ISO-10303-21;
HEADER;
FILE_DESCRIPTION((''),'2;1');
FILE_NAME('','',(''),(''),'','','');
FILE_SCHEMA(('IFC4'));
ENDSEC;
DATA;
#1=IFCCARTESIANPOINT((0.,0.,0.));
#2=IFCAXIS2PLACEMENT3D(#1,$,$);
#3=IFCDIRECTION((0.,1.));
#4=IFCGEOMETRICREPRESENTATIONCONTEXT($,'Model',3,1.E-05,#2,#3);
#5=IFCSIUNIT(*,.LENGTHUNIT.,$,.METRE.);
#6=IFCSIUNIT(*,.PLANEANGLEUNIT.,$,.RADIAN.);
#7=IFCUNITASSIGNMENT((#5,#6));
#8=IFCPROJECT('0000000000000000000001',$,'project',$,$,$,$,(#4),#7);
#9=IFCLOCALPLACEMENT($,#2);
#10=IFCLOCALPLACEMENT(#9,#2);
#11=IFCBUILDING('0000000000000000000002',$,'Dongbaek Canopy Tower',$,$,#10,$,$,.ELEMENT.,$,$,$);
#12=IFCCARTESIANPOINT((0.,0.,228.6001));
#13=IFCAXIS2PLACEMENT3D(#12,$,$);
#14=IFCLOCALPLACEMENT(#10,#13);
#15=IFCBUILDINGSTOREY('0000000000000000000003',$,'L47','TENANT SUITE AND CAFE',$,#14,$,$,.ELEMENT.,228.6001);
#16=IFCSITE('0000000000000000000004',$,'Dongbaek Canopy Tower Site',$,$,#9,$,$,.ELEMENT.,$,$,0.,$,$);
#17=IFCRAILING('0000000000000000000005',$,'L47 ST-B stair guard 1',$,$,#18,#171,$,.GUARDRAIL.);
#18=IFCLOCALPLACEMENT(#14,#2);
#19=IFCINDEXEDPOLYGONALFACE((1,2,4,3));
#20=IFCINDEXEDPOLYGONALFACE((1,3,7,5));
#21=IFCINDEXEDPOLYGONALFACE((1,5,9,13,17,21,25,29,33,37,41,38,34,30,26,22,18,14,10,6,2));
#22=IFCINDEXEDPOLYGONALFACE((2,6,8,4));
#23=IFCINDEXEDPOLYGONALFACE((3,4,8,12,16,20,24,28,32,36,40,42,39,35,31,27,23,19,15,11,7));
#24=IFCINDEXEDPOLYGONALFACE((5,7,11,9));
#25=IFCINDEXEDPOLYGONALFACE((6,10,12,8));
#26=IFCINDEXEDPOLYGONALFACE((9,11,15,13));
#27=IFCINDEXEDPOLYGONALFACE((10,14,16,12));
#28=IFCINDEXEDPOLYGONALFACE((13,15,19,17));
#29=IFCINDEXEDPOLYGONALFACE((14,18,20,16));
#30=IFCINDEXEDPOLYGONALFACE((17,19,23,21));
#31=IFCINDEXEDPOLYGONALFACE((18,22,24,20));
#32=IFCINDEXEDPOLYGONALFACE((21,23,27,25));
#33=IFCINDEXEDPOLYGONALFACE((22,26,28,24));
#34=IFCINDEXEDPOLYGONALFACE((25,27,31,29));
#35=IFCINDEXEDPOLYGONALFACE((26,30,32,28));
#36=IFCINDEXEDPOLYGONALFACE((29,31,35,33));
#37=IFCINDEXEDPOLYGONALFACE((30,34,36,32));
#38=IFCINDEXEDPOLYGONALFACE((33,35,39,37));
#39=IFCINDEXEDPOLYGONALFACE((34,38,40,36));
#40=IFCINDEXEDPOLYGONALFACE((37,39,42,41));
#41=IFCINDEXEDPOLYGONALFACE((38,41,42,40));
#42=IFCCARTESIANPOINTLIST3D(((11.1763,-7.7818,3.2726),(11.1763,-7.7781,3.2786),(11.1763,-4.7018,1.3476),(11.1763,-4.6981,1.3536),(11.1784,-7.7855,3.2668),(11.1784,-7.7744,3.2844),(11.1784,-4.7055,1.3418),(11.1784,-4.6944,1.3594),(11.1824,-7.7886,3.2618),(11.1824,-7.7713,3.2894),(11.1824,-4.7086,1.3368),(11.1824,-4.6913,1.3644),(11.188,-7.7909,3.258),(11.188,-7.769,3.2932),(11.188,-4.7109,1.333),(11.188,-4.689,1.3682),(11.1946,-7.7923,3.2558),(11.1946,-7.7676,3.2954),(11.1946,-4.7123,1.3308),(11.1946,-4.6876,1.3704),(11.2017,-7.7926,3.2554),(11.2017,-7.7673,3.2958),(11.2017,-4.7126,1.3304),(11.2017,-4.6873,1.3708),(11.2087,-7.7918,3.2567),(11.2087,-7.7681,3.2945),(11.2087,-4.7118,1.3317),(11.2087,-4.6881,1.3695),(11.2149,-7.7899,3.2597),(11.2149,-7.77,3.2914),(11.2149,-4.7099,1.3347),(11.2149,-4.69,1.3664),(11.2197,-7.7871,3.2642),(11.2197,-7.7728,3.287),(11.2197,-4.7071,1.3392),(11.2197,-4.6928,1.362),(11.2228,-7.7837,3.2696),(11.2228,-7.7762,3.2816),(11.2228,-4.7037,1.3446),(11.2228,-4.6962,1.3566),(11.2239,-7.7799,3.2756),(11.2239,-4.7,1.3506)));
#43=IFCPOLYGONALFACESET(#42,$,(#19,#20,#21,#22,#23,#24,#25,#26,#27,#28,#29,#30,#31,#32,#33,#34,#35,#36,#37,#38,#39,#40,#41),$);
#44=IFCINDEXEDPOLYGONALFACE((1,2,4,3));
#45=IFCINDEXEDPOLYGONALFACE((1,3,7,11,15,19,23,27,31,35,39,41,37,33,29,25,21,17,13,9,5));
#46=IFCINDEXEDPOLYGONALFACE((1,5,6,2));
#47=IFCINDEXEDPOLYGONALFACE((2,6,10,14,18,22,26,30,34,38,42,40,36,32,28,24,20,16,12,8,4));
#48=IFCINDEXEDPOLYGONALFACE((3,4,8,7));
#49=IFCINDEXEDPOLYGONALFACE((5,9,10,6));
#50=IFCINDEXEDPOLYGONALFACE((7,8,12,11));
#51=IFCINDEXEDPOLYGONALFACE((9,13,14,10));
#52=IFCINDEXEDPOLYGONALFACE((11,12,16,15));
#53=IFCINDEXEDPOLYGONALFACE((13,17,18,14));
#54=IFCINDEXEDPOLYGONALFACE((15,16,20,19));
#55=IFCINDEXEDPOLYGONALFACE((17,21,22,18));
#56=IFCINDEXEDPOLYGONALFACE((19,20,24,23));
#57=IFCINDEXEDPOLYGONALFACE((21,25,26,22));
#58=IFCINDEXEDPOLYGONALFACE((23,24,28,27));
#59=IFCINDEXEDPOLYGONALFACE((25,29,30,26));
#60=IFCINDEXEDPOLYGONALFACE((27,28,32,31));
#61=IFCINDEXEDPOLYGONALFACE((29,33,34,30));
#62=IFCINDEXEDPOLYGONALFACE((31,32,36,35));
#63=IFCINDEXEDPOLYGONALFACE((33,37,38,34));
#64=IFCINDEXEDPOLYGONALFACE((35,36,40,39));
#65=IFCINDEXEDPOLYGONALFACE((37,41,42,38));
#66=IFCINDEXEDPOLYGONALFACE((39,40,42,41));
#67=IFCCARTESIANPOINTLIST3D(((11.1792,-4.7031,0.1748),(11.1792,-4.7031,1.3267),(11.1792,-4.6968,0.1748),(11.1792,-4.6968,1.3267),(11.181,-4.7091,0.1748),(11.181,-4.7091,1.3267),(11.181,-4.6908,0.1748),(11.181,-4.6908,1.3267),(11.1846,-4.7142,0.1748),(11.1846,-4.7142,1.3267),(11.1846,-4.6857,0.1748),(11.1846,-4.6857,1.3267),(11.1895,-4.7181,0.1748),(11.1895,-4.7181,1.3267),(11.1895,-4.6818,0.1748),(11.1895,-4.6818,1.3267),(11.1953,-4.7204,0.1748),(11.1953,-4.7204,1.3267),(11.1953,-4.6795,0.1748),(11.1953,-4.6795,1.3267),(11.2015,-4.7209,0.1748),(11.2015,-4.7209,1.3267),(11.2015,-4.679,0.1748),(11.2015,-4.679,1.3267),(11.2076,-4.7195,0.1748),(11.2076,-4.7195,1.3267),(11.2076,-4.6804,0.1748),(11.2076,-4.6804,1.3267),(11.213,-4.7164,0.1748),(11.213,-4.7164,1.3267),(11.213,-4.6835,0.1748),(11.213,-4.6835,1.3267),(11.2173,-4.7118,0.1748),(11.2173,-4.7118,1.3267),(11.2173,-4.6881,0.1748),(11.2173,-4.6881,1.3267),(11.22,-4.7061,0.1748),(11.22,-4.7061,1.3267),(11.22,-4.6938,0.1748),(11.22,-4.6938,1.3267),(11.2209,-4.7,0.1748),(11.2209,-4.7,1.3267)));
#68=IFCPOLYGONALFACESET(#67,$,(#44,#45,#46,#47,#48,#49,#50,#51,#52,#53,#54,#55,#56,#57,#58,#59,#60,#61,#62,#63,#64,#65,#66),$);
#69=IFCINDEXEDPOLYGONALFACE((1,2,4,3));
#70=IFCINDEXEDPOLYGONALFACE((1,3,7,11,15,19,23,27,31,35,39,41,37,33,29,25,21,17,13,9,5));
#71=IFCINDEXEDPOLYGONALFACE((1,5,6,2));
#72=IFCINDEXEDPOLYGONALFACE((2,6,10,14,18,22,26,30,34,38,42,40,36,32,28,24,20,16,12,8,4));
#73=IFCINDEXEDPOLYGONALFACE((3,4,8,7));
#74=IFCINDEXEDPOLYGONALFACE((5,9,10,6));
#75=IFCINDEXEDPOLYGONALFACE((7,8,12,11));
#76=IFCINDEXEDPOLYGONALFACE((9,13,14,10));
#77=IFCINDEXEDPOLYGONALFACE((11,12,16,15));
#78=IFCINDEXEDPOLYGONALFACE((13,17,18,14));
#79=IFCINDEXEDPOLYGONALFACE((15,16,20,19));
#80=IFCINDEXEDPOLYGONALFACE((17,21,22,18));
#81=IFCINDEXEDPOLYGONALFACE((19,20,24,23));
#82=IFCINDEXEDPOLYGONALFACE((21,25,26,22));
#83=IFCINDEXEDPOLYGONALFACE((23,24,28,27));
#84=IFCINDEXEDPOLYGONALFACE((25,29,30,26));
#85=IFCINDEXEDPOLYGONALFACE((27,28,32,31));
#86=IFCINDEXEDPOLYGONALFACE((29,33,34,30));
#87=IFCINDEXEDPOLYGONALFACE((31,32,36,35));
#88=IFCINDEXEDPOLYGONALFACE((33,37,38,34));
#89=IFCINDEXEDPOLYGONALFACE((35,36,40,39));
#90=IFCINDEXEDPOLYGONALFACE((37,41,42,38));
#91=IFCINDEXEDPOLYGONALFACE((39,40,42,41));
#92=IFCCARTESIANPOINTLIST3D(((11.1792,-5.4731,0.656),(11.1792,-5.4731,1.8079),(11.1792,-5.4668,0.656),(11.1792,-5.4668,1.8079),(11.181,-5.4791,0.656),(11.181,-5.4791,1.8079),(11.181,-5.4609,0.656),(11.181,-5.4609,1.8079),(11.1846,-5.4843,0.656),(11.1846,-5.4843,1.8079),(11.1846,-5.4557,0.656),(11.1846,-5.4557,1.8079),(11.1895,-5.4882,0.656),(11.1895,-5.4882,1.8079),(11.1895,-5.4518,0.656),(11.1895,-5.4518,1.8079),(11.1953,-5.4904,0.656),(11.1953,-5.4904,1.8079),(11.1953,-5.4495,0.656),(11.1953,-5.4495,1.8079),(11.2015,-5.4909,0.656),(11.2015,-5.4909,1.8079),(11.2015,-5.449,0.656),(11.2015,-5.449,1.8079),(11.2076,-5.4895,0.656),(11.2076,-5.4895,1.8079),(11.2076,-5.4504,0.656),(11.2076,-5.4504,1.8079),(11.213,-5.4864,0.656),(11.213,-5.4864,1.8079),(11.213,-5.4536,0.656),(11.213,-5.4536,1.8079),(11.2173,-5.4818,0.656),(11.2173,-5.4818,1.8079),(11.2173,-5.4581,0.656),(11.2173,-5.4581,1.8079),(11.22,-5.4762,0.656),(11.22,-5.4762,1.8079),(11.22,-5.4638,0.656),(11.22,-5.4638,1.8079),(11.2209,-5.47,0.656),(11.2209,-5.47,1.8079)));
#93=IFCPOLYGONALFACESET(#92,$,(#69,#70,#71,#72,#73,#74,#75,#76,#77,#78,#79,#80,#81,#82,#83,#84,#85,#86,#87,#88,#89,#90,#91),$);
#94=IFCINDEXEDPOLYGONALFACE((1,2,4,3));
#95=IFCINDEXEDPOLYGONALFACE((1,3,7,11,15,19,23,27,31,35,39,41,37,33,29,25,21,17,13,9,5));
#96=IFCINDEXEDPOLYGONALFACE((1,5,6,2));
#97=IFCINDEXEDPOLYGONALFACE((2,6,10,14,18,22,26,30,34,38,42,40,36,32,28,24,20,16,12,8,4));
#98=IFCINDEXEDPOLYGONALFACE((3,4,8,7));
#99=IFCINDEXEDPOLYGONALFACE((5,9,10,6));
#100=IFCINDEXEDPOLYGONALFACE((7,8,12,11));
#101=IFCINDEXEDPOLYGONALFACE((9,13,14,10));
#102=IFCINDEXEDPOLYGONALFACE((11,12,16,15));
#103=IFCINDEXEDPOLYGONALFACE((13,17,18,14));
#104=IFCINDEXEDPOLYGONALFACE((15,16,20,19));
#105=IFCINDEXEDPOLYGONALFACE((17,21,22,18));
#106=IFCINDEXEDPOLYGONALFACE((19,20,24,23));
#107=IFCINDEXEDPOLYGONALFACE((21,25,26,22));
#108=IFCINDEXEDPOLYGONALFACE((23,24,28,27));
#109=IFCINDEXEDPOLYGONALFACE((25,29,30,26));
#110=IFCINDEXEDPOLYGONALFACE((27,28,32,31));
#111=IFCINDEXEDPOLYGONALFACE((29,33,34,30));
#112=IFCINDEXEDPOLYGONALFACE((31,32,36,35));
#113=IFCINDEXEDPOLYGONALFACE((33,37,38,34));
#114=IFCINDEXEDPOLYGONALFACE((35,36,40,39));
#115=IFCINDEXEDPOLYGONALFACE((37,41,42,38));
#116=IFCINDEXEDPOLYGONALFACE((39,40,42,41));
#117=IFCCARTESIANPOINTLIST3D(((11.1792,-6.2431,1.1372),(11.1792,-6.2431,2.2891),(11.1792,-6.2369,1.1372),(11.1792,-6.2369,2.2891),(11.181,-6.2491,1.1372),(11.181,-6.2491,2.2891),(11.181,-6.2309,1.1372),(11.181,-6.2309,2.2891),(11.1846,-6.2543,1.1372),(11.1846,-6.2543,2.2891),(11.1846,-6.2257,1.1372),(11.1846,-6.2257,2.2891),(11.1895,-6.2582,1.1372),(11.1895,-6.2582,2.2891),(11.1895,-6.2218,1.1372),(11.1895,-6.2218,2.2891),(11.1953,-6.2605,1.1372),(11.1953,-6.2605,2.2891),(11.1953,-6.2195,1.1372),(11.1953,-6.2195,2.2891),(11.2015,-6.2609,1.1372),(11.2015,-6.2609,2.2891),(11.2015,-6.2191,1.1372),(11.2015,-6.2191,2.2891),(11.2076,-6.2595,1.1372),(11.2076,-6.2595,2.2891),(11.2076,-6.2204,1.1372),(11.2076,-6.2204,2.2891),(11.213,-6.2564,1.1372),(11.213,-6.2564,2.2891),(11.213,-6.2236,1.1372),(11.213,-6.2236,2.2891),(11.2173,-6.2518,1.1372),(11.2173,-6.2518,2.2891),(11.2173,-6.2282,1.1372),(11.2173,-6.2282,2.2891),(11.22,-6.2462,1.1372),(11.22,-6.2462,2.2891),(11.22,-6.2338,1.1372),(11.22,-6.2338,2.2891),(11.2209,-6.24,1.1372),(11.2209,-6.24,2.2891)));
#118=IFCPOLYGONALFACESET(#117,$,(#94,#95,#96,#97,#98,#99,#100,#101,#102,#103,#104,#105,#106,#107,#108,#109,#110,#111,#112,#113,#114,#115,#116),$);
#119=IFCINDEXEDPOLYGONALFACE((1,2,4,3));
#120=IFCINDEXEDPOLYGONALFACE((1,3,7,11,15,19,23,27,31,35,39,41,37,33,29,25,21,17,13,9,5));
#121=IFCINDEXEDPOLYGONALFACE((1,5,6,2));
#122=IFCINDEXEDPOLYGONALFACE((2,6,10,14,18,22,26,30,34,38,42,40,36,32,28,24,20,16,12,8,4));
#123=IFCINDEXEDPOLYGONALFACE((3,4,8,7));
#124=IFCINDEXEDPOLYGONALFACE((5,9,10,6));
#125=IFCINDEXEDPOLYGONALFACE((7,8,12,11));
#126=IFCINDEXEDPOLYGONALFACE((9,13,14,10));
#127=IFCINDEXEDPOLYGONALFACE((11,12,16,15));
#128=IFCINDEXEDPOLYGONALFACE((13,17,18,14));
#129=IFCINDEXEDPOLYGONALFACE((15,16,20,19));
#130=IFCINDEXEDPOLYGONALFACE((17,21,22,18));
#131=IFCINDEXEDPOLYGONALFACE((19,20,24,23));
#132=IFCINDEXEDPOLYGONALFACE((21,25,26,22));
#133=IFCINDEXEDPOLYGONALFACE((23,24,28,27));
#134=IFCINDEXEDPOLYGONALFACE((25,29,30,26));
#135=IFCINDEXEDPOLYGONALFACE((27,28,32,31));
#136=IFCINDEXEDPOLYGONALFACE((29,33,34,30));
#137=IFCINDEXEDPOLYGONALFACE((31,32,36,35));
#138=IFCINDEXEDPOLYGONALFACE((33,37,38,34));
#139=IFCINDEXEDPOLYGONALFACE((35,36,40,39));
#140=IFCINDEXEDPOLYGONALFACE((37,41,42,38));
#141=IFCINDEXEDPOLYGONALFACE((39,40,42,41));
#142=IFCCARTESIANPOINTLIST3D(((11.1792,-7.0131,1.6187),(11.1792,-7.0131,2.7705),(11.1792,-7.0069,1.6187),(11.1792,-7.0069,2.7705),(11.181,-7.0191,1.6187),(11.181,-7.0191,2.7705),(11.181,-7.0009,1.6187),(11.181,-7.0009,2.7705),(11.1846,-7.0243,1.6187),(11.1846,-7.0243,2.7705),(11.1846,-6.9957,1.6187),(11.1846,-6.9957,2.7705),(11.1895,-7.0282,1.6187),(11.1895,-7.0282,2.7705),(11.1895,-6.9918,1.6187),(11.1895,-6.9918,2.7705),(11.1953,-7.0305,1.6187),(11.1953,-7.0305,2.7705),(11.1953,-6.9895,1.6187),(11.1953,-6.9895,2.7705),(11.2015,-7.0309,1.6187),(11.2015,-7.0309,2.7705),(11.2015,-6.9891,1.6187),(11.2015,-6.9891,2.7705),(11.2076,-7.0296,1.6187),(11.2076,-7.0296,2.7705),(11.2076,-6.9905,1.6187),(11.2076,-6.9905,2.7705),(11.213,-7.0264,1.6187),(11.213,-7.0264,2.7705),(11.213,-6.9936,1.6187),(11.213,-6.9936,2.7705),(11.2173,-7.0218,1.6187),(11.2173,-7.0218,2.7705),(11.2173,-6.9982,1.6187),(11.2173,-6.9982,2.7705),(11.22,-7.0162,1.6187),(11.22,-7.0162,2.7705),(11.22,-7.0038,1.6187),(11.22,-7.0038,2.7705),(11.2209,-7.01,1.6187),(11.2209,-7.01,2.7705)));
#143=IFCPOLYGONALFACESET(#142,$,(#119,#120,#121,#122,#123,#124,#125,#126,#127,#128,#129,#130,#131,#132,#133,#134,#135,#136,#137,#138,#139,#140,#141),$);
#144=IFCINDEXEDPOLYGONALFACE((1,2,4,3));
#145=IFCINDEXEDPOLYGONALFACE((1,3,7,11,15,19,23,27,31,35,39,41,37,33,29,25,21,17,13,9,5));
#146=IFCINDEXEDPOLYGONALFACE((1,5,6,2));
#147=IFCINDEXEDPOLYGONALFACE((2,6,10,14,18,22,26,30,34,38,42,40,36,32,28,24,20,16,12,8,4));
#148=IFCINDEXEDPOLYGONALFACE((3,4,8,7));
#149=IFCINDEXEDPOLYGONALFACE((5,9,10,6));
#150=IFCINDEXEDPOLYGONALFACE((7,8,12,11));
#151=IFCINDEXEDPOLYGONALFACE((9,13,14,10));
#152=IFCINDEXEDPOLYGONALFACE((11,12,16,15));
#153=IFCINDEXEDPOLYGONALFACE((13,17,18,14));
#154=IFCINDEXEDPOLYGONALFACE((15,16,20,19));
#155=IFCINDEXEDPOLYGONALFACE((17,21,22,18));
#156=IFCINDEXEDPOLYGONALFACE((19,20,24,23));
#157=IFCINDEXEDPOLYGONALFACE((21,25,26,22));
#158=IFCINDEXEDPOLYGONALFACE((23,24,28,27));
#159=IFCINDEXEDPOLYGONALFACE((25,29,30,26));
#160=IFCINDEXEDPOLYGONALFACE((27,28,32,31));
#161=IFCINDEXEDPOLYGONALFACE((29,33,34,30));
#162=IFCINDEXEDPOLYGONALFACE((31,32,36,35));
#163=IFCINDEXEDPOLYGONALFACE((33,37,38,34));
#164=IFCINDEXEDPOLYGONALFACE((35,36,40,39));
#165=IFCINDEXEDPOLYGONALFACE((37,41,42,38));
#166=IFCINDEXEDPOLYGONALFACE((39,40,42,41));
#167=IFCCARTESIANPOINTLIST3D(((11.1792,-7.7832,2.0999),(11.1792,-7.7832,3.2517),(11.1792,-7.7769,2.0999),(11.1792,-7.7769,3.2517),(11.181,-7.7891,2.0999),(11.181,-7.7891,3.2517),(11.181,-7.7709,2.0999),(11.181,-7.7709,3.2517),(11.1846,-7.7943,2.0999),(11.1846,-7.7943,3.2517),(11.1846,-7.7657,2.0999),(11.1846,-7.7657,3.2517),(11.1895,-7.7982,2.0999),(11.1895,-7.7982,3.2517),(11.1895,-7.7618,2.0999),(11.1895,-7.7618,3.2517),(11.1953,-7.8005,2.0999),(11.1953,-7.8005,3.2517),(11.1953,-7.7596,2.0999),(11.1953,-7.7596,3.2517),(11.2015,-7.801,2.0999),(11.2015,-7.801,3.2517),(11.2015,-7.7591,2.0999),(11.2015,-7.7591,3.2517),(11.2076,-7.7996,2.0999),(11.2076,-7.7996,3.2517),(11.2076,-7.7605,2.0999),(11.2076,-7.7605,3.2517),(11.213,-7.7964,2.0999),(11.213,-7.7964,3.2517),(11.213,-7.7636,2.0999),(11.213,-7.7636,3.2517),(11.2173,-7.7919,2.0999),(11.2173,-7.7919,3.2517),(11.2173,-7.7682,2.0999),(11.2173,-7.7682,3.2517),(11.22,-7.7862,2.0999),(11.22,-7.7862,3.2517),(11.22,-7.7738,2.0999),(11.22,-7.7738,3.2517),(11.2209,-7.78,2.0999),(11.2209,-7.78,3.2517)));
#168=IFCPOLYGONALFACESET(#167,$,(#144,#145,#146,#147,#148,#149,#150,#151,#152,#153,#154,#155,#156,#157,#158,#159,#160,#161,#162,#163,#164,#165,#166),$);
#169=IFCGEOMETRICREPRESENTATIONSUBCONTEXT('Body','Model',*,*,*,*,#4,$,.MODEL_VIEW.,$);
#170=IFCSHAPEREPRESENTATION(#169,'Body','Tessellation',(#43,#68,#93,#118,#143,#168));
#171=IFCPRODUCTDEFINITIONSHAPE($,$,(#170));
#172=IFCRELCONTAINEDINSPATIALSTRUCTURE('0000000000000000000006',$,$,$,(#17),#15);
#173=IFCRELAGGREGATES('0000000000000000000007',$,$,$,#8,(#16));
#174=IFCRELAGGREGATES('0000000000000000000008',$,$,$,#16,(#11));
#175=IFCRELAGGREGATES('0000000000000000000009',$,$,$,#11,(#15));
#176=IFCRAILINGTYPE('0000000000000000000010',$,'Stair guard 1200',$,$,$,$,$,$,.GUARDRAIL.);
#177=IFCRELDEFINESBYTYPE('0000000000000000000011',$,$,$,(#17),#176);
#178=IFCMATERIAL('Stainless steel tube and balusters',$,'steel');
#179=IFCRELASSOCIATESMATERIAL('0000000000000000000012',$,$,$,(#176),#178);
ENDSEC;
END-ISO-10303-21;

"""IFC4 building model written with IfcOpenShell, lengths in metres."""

from ifc_helpers import new_model, si_unit, direction, frame, origin, origin_2d, place, context, subcontext, project, spatial, circle, extrude, material, type_object, element, save


model = new_model("IFC4")

# Units and contexts
model_context = context("Model", 3, precision=1e-05, world=origin(), true_north=direction((0.0, 1.0)))
body_context = subcontext(model_context, "Body", "Model", "MODEL_VIEW")
ifc_project = project(units=[si_unit("LENGTHUNIT", "METRE"), si_unit("PLANEANGLEUNIT", "RADIAN")], contexts=[model_context])

# Site, building, storey
site_placement = place(None, origin())
site = spatial("IfcSite", under=ifc_project, at=site_placement, Name="Dongbaek Canopy Tower Site", CompositionType="ELEMENT", RefElevation=0.0)
building_placement = place(site_placement, origin())
building = spatial("IfcBuilding", under=site, at=building_placement, Name="Dongbaek Canopy Tower", CompositionType="ELEMENT")
storey_placement = place(building_placement, frame((0.0, 0.0, 228.6001)))
storey = spatial("IfcBuildingStorey", under=building, at=storey_placement, Name="L47", Description="TENANT SUITE AND CAFE", CompositionType="ELEMENT", Elevation=228.6001)

# Railing
ifc_material_1 = material(Name="Stainless steel tube and balusters", Category="steel")
railing_type_1 = type_object("IfcRailingType", Name="Stair guard 1200", PredefinedType="GUARDRAIL", material=ifc_material_1)
railing_1_placement = place(storey_placement, frame((11.2, -4.7, 0.1748)))
element("IfcRailing", 1, at=railing_1_placement, inside=storey, type_object=railing_type_1, Name="L47 ST-B stair guard 1", PredefinedType="GUARDRAIL", context=body_context, shape_type="SweptSolid", body=[
    extrude(circle(Radius=0.0239, at=origin_2d()), frame((0.0, 0.0, 1.1758), z_axis=(0.0, -0.847998, 0.529999), x_axis=(1.0, 0.0, 0.0)), (0.0, 0.0, 1.0), 3.6321),
    extrude(circle(Radius=0.021, at=origin_2d()), origin(), (0.0, 0.0, 1.0), 1.1519),
    extrude(circle(Radius=0.021, at=origin_2d()), frame((0.0, -0.77, 0.4812)), (0.0, 0.0, 1.0), 1.1519),
    extrude(circle(Radius=0.021, at=origin_2d()), frame((0.0, -1.54, 0.9624)), (0.0, 0.0, 1.0), 1.1519),
    extrude(circle(Radius=0.021, at=origin_2d()), frame((0.0, -2.3101, 1.4438)), (0.0, 0.0, 1.0), 1.1519),
    extrude(circle(Radius=0.021, at=origin_2d()), frame((0.0, -3.0801, 1.925)), (0.0, 0.0, 1.0), 1.1519),
])

save(model, "model.ifc")
